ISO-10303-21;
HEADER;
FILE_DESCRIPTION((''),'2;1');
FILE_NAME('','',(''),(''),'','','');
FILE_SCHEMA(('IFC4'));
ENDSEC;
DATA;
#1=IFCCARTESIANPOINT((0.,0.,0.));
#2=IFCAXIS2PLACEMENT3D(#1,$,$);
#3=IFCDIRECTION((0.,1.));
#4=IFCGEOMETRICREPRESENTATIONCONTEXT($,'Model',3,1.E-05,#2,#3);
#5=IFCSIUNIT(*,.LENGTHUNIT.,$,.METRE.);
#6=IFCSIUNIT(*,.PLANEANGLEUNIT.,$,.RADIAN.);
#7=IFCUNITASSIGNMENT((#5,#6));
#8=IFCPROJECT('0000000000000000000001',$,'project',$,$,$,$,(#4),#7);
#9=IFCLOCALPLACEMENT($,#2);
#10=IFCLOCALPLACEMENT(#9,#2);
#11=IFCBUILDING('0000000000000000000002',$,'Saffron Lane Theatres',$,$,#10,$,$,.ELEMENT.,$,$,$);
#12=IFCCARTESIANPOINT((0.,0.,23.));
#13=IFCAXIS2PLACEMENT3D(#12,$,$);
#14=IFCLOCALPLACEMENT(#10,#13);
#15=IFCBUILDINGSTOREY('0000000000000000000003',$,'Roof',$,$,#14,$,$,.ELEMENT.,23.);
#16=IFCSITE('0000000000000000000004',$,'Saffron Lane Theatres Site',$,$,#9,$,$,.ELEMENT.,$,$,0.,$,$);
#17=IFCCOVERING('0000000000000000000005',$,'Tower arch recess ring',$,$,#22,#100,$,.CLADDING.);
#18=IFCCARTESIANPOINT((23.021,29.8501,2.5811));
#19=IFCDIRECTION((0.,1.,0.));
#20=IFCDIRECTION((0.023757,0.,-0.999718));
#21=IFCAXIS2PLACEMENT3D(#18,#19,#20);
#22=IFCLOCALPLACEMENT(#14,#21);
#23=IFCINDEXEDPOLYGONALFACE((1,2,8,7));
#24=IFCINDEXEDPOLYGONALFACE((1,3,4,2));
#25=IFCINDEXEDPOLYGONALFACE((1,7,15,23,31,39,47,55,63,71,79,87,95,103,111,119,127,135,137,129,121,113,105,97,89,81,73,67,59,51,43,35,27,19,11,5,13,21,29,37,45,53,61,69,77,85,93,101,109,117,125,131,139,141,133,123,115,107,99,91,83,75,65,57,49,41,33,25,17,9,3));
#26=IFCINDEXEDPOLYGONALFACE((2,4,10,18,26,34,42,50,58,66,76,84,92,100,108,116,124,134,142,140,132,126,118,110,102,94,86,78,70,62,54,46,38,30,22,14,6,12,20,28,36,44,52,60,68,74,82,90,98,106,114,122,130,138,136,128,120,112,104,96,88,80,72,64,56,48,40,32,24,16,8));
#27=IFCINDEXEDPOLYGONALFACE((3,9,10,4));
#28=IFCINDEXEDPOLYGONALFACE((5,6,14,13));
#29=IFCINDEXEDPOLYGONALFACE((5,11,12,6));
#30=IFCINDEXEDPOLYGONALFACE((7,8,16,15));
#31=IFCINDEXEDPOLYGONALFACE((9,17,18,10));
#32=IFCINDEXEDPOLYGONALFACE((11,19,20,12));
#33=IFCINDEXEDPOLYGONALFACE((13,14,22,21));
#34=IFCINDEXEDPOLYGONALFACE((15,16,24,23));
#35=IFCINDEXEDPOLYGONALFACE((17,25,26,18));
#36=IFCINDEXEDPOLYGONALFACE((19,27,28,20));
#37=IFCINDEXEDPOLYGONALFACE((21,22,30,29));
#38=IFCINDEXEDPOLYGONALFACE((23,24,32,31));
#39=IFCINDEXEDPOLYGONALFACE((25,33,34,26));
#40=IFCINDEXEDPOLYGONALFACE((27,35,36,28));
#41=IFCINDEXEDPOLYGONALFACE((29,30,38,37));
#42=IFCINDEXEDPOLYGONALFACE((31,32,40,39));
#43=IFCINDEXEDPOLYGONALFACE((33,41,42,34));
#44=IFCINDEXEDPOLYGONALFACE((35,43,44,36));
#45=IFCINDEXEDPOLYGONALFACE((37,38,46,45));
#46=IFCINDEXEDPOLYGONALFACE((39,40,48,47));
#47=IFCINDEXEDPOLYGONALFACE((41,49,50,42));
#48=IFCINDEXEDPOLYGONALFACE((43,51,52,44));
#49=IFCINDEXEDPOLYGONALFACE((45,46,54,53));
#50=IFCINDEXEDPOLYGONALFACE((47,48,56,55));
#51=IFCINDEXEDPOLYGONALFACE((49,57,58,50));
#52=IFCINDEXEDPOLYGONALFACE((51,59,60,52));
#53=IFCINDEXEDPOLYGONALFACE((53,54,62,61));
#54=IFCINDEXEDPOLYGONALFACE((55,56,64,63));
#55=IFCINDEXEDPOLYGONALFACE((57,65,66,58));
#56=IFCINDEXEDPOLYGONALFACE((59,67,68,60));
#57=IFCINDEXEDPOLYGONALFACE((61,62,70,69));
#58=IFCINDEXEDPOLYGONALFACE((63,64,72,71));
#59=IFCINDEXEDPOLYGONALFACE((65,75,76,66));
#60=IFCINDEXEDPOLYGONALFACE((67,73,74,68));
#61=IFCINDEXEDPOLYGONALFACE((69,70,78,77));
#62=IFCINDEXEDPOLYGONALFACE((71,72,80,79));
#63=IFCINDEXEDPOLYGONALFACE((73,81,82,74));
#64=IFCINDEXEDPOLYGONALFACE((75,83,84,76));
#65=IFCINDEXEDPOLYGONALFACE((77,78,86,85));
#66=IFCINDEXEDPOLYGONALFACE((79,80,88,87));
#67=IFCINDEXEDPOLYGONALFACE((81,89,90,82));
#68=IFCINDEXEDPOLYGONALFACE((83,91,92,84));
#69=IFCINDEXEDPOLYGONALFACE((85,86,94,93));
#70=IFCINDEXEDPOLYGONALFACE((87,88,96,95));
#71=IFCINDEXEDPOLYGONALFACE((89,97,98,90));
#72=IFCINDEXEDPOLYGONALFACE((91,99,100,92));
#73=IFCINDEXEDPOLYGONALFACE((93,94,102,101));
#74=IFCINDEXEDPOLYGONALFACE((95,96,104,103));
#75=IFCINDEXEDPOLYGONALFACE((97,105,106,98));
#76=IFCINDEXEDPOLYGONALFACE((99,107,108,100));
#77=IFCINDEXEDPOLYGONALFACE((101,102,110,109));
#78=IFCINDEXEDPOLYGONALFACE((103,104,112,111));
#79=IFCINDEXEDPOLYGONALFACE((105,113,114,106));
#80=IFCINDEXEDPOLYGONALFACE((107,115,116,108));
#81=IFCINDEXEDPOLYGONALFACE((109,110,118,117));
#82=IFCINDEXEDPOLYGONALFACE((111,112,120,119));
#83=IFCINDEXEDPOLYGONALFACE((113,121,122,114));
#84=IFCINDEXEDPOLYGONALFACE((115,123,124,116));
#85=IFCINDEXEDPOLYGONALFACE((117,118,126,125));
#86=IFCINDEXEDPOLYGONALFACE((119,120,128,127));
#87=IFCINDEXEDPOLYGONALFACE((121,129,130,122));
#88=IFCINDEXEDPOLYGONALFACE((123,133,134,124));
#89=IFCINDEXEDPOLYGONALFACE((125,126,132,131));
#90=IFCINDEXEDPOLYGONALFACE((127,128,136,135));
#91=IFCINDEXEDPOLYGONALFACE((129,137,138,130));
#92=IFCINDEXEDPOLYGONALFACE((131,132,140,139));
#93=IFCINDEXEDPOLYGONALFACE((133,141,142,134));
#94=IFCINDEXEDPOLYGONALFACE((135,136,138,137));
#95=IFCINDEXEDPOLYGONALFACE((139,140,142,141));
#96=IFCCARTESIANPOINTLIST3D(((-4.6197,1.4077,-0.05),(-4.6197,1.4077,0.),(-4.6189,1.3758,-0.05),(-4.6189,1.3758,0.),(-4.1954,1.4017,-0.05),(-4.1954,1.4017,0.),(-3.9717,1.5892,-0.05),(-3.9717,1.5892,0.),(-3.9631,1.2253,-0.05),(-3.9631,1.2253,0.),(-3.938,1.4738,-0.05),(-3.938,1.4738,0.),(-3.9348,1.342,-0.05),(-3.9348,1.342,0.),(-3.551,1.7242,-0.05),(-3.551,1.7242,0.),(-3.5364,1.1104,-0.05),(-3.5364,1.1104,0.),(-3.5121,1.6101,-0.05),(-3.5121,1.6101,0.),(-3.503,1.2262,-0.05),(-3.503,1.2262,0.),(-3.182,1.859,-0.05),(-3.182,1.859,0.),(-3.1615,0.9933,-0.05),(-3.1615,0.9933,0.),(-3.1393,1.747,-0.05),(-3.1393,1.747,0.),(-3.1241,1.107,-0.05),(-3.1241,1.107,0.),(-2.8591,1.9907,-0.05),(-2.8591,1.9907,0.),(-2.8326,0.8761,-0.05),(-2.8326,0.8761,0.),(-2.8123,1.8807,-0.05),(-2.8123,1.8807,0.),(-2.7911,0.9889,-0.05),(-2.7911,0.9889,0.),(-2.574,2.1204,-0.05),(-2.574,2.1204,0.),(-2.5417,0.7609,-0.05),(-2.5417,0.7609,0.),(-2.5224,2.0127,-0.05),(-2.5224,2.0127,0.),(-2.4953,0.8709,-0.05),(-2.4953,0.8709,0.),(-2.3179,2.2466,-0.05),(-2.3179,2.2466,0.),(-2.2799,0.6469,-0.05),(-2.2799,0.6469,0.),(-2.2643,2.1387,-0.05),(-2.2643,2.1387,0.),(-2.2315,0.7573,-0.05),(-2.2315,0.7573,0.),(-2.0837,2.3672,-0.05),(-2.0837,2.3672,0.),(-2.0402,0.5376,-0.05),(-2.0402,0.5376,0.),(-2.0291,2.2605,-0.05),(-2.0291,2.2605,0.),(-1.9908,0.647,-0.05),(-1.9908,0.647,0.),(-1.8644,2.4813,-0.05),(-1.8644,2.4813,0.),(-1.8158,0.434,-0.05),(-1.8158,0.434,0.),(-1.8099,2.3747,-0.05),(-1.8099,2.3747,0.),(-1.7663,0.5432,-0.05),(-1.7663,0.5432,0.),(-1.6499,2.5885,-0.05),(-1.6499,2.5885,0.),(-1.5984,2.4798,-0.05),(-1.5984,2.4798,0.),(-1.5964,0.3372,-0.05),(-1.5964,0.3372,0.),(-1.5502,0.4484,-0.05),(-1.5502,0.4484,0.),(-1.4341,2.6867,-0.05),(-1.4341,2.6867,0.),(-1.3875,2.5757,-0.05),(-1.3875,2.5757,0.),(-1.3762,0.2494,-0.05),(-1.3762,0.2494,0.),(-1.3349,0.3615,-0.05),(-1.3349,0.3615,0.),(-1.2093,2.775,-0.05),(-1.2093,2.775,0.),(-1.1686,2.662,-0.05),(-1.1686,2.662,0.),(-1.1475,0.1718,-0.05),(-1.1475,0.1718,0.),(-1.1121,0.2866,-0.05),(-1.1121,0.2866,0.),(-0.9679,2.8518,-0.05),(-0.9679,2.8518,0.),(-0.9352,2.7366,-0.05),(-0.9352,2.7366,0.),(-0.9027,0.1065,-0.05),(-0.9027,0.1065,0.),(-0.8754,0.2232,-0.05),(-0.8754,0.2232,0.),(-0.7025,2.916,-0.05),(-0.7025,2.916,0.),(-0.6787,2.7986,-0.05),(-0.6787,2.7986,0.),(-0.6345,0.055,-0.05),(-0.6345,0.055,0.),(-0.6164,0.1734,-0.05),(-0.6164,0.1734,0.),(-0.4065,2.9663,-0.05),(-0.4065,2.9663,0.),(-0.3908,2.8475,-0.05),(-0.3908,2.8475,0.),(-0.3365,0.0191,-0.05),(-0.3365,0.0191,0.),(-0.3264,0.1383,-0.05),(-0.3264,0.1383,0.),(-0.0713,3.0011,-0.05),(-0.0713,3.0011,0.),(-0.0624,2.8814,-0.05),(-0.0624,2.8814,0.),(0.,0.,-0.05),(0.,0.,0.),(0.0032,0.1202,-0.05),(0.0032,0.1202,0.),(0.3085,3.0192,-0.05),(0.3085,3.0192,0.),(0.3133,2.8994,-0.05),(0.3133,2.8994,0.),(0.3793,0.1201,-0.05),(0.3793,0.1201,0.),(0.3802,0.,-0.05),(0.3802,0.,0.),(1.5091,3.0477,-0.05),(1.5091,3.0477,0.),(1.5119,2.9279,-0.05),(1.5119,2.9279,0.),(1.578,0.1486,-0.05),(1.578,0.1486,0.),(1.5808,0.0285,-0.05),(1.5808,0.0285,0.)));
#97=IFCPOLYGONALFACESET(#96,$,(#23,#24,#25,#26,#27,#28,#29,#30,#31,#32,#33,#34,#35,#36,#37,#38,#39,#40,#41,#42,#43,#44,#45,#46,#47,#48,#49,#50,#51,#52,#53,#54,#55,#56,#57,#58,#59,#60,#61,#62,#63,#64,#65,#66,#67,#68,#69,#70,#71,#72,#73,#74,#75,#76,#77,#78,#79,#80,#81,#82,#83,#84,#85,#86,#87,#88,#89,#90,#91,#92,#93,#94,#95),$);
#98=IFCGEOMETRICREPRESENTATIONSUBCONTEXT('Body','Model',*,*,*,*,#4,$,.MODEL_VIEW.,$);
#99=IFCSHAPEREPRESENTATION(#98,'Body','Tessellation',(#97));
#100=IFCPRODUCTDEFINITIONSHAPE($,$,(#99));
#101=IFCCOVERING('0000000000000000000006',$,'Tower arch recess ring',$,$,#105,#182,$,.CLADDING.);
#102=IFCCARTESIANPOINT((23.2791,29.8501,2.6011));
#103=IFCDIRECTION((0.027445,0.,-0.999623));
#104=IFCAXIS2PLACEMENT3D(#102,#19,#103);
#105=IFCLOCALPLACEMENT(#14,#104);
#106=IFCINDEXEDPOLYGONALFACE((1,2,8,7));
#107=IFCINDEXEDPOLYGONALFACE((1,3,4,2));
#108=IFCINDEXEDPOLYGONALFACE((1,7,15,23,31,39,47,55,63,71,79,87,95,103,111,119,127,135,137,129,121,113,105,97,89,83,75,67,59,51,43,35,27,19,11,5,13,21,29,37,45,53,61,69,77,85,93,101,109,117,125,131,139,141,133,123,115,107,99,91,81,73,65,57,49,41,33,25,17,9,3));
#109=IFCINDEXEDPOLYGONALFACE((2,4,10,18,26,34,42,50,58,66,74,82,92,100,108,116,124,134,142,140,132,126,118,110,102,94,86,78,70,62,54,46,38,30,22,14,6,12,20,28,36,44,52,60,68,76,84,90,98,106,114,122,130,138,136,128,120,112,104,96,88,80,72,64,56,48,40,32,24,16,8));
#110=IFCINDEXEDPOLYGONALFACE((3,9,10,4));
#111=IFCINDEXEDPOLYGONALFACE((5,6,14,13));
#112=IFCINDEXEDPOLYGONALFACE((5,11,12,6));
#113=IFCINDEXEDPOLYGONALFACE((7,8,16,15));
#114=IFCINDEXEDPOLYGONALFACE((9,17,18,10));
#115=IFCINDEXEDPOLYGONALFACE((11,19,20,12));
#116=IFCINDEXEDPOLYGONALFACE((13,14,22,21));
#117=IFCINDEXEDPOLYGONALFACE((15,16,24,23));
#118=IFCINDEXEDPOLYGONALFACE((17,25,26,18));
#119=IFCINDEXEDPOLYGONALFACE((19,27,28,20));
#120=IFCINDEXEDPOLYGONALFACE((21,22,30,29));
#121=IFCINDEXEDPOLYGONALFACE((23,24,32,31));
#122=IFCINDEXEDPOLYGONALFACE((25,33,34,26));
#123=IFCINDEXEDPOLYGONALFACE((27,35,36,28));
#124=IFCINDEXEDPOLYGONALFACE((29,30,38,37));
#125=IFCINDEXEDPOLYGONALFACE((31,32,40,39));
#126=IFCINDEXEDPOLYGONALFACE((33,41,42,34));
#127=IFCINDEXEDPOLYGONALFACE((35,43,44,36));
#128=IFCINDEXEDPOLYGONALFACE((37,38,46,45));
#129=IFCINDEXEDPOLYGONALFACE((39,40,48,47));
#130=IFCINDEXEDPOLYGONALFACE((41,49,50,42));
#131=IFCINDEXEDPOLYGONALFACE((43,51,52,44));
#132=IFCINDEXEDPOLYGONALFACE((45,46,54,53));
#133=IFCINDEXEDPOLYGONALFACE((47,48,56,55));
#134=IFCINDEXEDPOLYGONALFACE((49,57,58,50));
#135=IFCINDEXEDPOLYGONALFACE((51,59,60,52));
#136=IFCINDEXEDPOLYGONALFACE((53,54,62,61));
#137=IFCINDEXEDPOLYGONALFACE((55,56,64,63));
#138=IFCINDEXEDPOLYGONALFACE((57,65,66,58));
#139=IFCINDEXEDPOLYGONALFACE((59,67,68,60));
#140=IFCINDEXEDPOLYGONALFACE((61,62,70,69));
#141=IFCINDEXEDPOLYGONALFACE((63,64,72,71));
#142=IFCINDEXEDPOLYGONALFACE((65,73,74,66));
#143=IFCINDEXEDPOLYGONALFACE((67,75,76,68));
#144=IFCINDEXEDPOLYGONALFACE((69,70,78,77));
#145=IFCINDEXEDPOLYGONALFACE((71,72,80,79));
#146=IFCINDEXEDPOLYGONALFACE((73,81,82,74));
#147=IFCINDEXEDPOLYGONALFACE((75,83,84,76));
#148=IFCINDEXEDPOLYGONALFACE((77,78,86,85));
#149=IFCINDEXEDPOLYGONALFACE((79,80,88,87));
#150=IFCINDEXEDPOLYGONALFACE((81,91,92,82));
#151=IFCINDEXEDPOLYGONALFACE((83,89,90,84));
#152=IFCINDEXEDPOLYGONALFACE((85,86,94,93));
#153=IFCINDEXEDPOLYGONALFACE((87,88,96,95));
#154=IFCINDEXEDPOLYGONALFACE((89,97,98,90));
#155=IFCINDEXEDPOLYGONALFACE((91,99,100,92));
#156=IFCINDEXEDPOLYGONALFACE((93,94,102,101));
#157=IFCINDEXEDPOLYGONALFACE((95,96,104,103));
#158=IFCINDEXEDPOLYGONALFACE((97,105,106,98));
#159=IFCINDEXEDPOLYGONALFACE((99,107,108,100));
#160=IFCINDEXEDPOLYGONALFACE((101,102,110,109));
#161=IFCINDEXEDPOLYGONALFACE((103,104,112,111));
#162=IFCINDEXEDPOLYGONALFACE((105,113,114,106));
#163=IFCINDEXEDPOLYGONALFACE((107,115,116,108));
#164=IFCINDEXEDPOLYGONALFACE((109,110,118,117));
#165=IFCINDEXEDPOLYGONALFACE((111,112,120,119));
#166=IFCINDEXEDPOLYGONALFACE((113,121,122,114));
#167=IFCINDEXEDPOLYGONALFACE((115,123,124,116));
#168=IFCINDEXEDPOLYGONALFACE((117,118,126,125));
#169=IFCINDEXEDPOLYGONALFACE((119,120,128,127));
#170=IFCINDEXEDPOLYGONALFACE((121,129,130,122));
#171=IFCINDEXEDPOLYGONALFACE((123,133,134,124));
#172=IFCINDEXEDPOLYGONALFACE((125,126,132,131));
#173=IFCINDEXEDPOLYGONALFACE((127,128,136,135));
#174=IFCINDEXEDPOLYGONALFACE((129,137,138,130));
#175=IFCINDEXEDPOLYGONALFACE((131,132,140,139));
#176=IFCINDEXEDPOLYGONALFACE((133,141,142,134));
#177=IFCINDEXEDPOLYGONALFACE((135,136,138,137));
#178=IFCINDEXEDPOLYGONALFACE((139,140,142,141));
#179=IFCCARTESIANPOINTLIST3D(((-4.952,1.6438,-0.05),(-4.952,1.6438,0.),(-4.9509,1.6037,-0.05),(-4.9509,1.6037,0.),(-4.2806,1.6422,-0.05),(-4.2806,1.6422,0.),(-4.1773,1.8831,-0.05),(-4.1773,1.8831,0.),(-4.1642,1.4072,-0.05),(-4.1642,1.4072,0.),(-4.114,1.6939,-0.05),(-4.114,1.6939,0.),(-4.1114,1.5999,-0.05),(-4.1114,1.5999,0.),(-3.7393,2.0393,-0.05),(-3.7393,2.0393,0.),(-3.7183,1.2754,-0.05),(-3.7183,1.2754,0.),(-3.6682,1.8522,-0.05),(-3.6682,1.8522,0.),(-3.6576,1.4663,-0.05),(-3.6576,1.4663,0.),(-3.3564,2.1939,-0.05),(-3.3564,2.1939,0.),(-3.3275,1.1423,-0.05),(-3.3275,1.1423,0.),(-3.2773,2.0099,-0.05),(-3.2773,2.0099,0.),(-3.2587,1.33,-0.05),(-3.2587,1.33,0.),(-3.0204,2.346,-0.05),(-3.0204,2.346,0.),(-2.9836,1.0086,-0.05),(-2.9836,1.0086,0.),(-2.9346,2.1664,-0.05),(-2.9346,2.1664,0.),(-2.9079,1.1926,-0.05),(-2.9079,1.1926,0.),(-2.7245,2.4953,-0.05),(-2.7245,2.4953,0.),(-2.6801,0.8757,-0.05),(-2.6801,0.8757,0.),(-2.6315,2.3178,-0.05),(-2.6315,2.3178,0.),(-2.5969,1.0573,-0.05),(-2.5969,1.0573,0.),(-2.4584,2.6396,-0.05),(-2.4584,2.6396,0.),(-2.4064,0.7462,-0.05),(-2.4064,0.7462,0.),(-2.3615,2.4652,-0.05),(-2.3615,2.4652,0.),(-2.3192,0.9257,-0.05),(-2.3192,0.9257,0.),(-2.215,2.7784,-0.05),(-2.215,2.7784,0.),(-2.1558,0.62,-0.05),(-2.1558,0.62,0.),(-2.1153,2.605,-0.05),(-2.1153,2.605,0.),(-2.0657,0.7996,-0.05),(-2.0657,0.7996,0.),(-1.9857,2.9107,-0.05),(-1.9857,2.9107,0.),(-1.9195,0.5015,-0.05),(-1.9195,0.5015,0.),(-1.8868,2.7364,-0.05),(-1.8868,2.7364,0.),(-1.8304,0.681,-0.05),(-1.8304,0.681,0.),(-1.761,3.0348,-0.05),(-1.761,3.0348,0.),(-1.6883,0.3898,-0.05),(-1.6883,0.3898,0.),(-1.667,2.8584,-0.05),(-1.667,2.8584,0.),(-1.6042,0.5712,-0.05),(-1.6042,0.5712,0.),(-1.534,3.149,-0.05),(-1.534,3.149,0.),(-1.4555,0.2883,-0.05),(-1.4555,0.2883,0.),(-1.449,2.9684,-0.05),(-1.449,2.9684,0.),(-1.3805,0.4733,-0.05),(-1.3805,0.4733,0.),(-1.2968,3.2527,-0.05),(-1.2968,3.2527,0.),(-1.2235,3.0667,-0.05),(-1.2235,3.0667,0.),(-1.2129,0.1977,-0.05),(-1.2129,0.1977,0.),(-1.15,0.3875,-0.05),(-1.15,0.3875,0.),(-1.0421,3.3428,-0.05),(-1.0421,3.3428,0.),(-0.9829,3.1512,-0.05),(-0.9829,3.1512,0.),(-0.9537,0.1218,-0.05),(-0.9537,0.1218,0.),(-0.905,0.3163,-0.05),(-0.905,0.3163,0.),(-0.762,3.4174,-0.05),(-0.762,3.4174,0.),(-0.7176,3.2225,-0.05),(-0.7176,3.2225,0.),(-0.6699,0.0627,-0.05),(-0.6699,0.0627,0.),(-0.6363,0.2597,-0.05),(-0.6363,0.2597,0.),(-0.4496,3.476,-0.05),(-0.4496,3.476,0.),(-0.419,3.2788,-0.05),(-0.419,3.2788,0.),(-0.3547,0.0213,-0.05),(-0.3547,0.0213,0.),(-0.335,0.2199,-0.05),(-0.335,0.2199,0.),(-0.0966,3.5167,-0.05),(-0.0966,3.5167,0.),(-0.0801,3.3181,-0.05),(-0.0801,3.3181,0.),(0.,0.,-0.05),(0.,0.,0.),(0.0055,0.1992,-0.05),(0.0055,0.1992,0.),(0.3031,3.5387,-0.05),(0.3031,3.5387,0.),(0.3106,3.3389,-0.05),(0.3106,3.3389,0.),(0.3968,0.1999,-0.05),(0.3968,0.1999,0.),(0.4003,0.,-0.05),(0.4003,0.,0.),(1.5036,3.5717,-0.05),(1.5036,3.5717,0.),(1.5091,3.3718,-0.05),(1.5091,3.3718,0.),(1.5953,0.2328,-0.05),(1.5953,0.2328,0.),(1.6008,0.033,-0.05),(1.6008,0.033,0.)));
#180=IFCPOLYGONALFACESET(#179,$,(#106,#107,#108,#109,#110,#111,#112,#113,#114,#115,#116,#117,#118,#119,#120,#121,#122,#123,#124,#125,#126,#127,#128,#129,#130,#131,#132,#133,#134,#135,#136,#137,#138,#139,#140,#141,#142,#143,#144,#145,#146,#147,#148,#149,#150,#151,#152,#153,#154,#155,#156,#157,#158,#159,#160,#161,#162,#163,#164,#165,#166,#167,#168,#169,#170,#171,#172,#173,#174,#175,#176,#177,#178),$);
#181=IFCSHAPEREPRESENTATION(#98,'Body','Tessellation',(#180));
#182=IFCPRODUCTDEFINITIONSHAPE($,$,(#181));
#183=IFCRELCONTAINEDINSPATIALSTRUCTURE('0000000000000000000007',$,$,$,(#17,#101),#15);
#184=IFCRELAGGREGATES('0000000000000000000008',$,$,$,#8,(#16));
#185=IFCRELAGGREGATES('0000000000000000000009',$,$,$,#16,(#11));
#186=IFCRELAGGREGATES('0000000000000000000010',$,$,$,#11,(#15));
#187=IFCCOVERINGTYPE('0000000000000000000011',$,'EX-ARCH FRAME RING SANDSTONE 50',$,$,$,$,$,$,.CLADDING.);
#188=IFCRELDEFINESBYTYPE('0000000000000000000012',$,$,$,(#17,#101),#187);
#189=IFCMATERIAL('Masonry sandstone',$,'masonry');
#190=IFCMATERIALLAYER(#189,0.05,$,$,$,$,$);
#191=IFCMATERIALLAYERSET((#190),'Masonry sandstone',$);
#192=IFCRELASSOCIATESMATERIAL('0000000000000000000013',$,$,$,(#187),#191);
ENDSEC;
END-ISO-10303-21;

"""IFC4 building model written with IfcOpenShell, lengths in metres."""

from ifc_helpers import new_model, si_unit, direction, frame, origin, place, context, subcontext, project, spatial, polyline, outline, extrude, material, layer, layer_set, type_object, element, save


model = new_model("IFC4")

# Units and contexts
model_context = context("Model", 3, precision=1e-05, world=origin(), true_north=direction((0.0, 1.0)))
body_context = subcontext(model_context, "Body", "Model", "MODEL_VIEW")
ifc_project = project(units=[si_unit("LENGTHUNIT", "METRE"), si_unit("PLANEANGLEUNIT", "RADIAN")], contexts=[model_context])

# Site, building, storey
site_placement = place(None, origin())
site = spatial("IfcSite", under=ifc_project, at=site_placement, Name="Saffron Lane Theatres Site", CompositionType="ELEMENT", RefElevation=0.0)
building_placement = place(site_placement, origin())
building = spatial("IfcBuilding", under=site, at=building_placement, Name="Saffron Lane Theatres", CompositionType="ELEMENT")
storey_placement = place(building_placement, frame((0.0, 0.0, 23.0)))
storey = spatial("IfcBuildingStorey", under=building, at=storey_placement, Name="Roof", CompositionType="ELEMENT", Elevation=23.0)

# Coverings
ifc_material_1 = material(Name="Masonry sandstone", Category="masonry")
ifc_layer_1 = layer(ifc_material_1, 0.05)
ifc_layer_set_1 = layer_set([ifc_layer_1], Name="Masonry sandstone")
covering_type_1 = type_object("IfcCoveringType", Name="EX-ARCH FRAME RING SANDSTONE 50", PredefinedType="CLADDING", material=ifc_layer_set_1)
covering_1_placement = place(storey_placement, frame((23.021, 29.8501, 2.5811), z_axis=(0.0, 1.0, 0.0), x_axis=(0.023757, 0.0, -0.999718)))
element("IfcCovering", 1, at=covering_1_placement, inside=storey, type_object=covering_type_1, Name="Tower arch recess ring", PredefinedType="CLADDING", context=body_context, shape_type="SweptSolid", body=[
    extrude(outline(polyline([(0.0, 0.0), (0.3802, 0.0), (1.5808, 0.0285), (1.578, 0.1486), (0.3793, 0.1201), (0.0032, 0.1202), (-0.3264, 0.1383), (-0.6164, 0.1734), (-0.8754, 0.2232), (-1.1121, 0.2866), (-1.3349, 0.3615), (-1.5502, 0.4484), (-1.7663, 0.5432), (-1.9908, 0.647), (-2.2315, 0.7573), (-2.4953, 0.8709), (-2.7911, 0.9889), (-3.1241, 1.107), (-3.503, 1.2262), (-3.9348, 1.342), (-4.1954, 1.4017), (-3.938, 1.4738), (-3.5121, 1.6101), (-3.1393, 1.747), (-2.8123, 1.8807), (-2.5224, 2.0127), (-2.2643, 2.1387), (-2.0291, 2.2605), (-1.8099, 2.3747), (-1.5984, 2.4798), (-1.3875, 2.5757), (-1.1686, 2.662), (-0.9352, 2.7366), (-0.6787, 2.7986), (-0.3908, 2.8475), (-0.0624, 2.8814), (0.3133, 2.8994), (1.5119, 2.9279), (1.5091, 3.0477), (0.3085, 3.0192), (-0.0713, 3.0011), (-0.4065, 2.9663), (-0.7025, 2.916), (-0.9679, 2.8518), (-1.2093, 2.775), (-1.4341, 2.6867), (-1.6499, 2.5885), (-1.8644, 2.4813), (-2.0837, 2.3672), (-2.3179, 2.2466), (-2.574, 2.1204), (-2.8591, 1.9907), (-3.182, 1.859), (-3.551, 1.7242), (-3.9717, 1.5892), (-4.6197, 1.4077), (-4.6189, 1.3758), (-3.9631, 1.2253), (-3.5364, 1.1104), (-3.1615, 0.9933), (-2.8326, 0.8761), (-2.5417, 0.7609), (-2.2799, 0.6469), (-2.0402, 0.5376), (-1.8158, 0.434), (-1.5964, 0.3372), (-1.3762, 0.2494), (-1.1475, 0.1718), (-0.9027, 0.1065), (-0.6345, 0.055), (-0.3365, 0.0191), (0.0, 0.0)])), origin(), (0.0, 0.0, -1.0), 0.05),
])
covering_2_placement = place(storey_placement, frame((23.2791, 29.8501, 2.6011), z_axis=(0.0, 1.0, 0.0), x_axis=(0.027445, 0.0, -0.999623)))
element("IfcCovering", 2, at=covering_2_placement, inside=storey, type_object=covering_type_1, Name="Tower arch recess ring", PredefinedType="CLADDING", context=body_context, shape_type="SweptSolid", body=[
    extrude(outline(polyline([(0.0, 0.0), (0.4003, 0.0), (1.6008, 0.033), (1.5953, 0.2328), (0.3968, 0.1999), (0.0055, 0.1992), (-0.335, 0.2199), (-0.6363, 0.2597), (-0.905, 0.3163), (-1.15, 0.3875), (-1.3805, 0.4733), (-1.6042, 0.5712), (-1.8304, 0.681), (-2.0657, 0.7996), (-2.3192, 0.9257), (-2.5969, 1.0573), (-2.9079, 1.1926), (-3.2587, 1.33), (-3.6576, 1.4663), (-4.1114, 1.5999), (-4.2806, 1.6422), (-4.114, 1.6939), (-3.6682, 1.8522), (-3.2773, 2.0099), (-2.9346, 2.1664), (-2.6315, 2.3178), (-2.3615, 2.4652), (-2.1153, 2.605), (-1.8868, 2.7364), (-1.667, 2.8584), (-1.449, 2.9684), (-1.2235, 3.0667), (-0.9829, 3.1512), (-0.7176, 3.2225), (-0.419, 3.2788), (-0.0801, 3.3181), (0.3106, 3.3389), (1.5091, 3.3718), (1.5036, 3.5717), (0.3031, 3.5387), (-0.0966, 3.5167), (-0.4496, 3.476), (-0.762, 3.4174), (-1.0421, 3.3428), (-1.2968, 3.2527), (-1.534, 3.149), (-1.761, 3.0348), (-1.9857, 2.9107), (-2.215, 2.7784), (-2.4584, 2.6396), (-2.7245, 2.4953), (-3.0204, 2.346), (-3.3564, 2.1939), (-3.7393, 2.0393), (-4.1773, 1.8831), (-4.952, 1.6438), (-4.9509, 1.6037), (-4.1642, 1.4072), (-3.7183, 1.2754), (-3.3275, 1.1423), (-2.9836, 1.0086), (-2.6801, 0.8757), (-2.4064, 0.7462), (-2.1558, 0.62), (-1.9195, 0.5015), (-1.6883, 0.3898), (-1.4555, 0.2883), (-1.2129, 0.1977), (-0.9537, 0.1218), (-0.6699, 0.0627), (-0.3547, 0.0213), (0.0, 0.0)])), origin(), (0.0, 0.0, -1.0), 0.05),
])

save(model, "model.ifc")
